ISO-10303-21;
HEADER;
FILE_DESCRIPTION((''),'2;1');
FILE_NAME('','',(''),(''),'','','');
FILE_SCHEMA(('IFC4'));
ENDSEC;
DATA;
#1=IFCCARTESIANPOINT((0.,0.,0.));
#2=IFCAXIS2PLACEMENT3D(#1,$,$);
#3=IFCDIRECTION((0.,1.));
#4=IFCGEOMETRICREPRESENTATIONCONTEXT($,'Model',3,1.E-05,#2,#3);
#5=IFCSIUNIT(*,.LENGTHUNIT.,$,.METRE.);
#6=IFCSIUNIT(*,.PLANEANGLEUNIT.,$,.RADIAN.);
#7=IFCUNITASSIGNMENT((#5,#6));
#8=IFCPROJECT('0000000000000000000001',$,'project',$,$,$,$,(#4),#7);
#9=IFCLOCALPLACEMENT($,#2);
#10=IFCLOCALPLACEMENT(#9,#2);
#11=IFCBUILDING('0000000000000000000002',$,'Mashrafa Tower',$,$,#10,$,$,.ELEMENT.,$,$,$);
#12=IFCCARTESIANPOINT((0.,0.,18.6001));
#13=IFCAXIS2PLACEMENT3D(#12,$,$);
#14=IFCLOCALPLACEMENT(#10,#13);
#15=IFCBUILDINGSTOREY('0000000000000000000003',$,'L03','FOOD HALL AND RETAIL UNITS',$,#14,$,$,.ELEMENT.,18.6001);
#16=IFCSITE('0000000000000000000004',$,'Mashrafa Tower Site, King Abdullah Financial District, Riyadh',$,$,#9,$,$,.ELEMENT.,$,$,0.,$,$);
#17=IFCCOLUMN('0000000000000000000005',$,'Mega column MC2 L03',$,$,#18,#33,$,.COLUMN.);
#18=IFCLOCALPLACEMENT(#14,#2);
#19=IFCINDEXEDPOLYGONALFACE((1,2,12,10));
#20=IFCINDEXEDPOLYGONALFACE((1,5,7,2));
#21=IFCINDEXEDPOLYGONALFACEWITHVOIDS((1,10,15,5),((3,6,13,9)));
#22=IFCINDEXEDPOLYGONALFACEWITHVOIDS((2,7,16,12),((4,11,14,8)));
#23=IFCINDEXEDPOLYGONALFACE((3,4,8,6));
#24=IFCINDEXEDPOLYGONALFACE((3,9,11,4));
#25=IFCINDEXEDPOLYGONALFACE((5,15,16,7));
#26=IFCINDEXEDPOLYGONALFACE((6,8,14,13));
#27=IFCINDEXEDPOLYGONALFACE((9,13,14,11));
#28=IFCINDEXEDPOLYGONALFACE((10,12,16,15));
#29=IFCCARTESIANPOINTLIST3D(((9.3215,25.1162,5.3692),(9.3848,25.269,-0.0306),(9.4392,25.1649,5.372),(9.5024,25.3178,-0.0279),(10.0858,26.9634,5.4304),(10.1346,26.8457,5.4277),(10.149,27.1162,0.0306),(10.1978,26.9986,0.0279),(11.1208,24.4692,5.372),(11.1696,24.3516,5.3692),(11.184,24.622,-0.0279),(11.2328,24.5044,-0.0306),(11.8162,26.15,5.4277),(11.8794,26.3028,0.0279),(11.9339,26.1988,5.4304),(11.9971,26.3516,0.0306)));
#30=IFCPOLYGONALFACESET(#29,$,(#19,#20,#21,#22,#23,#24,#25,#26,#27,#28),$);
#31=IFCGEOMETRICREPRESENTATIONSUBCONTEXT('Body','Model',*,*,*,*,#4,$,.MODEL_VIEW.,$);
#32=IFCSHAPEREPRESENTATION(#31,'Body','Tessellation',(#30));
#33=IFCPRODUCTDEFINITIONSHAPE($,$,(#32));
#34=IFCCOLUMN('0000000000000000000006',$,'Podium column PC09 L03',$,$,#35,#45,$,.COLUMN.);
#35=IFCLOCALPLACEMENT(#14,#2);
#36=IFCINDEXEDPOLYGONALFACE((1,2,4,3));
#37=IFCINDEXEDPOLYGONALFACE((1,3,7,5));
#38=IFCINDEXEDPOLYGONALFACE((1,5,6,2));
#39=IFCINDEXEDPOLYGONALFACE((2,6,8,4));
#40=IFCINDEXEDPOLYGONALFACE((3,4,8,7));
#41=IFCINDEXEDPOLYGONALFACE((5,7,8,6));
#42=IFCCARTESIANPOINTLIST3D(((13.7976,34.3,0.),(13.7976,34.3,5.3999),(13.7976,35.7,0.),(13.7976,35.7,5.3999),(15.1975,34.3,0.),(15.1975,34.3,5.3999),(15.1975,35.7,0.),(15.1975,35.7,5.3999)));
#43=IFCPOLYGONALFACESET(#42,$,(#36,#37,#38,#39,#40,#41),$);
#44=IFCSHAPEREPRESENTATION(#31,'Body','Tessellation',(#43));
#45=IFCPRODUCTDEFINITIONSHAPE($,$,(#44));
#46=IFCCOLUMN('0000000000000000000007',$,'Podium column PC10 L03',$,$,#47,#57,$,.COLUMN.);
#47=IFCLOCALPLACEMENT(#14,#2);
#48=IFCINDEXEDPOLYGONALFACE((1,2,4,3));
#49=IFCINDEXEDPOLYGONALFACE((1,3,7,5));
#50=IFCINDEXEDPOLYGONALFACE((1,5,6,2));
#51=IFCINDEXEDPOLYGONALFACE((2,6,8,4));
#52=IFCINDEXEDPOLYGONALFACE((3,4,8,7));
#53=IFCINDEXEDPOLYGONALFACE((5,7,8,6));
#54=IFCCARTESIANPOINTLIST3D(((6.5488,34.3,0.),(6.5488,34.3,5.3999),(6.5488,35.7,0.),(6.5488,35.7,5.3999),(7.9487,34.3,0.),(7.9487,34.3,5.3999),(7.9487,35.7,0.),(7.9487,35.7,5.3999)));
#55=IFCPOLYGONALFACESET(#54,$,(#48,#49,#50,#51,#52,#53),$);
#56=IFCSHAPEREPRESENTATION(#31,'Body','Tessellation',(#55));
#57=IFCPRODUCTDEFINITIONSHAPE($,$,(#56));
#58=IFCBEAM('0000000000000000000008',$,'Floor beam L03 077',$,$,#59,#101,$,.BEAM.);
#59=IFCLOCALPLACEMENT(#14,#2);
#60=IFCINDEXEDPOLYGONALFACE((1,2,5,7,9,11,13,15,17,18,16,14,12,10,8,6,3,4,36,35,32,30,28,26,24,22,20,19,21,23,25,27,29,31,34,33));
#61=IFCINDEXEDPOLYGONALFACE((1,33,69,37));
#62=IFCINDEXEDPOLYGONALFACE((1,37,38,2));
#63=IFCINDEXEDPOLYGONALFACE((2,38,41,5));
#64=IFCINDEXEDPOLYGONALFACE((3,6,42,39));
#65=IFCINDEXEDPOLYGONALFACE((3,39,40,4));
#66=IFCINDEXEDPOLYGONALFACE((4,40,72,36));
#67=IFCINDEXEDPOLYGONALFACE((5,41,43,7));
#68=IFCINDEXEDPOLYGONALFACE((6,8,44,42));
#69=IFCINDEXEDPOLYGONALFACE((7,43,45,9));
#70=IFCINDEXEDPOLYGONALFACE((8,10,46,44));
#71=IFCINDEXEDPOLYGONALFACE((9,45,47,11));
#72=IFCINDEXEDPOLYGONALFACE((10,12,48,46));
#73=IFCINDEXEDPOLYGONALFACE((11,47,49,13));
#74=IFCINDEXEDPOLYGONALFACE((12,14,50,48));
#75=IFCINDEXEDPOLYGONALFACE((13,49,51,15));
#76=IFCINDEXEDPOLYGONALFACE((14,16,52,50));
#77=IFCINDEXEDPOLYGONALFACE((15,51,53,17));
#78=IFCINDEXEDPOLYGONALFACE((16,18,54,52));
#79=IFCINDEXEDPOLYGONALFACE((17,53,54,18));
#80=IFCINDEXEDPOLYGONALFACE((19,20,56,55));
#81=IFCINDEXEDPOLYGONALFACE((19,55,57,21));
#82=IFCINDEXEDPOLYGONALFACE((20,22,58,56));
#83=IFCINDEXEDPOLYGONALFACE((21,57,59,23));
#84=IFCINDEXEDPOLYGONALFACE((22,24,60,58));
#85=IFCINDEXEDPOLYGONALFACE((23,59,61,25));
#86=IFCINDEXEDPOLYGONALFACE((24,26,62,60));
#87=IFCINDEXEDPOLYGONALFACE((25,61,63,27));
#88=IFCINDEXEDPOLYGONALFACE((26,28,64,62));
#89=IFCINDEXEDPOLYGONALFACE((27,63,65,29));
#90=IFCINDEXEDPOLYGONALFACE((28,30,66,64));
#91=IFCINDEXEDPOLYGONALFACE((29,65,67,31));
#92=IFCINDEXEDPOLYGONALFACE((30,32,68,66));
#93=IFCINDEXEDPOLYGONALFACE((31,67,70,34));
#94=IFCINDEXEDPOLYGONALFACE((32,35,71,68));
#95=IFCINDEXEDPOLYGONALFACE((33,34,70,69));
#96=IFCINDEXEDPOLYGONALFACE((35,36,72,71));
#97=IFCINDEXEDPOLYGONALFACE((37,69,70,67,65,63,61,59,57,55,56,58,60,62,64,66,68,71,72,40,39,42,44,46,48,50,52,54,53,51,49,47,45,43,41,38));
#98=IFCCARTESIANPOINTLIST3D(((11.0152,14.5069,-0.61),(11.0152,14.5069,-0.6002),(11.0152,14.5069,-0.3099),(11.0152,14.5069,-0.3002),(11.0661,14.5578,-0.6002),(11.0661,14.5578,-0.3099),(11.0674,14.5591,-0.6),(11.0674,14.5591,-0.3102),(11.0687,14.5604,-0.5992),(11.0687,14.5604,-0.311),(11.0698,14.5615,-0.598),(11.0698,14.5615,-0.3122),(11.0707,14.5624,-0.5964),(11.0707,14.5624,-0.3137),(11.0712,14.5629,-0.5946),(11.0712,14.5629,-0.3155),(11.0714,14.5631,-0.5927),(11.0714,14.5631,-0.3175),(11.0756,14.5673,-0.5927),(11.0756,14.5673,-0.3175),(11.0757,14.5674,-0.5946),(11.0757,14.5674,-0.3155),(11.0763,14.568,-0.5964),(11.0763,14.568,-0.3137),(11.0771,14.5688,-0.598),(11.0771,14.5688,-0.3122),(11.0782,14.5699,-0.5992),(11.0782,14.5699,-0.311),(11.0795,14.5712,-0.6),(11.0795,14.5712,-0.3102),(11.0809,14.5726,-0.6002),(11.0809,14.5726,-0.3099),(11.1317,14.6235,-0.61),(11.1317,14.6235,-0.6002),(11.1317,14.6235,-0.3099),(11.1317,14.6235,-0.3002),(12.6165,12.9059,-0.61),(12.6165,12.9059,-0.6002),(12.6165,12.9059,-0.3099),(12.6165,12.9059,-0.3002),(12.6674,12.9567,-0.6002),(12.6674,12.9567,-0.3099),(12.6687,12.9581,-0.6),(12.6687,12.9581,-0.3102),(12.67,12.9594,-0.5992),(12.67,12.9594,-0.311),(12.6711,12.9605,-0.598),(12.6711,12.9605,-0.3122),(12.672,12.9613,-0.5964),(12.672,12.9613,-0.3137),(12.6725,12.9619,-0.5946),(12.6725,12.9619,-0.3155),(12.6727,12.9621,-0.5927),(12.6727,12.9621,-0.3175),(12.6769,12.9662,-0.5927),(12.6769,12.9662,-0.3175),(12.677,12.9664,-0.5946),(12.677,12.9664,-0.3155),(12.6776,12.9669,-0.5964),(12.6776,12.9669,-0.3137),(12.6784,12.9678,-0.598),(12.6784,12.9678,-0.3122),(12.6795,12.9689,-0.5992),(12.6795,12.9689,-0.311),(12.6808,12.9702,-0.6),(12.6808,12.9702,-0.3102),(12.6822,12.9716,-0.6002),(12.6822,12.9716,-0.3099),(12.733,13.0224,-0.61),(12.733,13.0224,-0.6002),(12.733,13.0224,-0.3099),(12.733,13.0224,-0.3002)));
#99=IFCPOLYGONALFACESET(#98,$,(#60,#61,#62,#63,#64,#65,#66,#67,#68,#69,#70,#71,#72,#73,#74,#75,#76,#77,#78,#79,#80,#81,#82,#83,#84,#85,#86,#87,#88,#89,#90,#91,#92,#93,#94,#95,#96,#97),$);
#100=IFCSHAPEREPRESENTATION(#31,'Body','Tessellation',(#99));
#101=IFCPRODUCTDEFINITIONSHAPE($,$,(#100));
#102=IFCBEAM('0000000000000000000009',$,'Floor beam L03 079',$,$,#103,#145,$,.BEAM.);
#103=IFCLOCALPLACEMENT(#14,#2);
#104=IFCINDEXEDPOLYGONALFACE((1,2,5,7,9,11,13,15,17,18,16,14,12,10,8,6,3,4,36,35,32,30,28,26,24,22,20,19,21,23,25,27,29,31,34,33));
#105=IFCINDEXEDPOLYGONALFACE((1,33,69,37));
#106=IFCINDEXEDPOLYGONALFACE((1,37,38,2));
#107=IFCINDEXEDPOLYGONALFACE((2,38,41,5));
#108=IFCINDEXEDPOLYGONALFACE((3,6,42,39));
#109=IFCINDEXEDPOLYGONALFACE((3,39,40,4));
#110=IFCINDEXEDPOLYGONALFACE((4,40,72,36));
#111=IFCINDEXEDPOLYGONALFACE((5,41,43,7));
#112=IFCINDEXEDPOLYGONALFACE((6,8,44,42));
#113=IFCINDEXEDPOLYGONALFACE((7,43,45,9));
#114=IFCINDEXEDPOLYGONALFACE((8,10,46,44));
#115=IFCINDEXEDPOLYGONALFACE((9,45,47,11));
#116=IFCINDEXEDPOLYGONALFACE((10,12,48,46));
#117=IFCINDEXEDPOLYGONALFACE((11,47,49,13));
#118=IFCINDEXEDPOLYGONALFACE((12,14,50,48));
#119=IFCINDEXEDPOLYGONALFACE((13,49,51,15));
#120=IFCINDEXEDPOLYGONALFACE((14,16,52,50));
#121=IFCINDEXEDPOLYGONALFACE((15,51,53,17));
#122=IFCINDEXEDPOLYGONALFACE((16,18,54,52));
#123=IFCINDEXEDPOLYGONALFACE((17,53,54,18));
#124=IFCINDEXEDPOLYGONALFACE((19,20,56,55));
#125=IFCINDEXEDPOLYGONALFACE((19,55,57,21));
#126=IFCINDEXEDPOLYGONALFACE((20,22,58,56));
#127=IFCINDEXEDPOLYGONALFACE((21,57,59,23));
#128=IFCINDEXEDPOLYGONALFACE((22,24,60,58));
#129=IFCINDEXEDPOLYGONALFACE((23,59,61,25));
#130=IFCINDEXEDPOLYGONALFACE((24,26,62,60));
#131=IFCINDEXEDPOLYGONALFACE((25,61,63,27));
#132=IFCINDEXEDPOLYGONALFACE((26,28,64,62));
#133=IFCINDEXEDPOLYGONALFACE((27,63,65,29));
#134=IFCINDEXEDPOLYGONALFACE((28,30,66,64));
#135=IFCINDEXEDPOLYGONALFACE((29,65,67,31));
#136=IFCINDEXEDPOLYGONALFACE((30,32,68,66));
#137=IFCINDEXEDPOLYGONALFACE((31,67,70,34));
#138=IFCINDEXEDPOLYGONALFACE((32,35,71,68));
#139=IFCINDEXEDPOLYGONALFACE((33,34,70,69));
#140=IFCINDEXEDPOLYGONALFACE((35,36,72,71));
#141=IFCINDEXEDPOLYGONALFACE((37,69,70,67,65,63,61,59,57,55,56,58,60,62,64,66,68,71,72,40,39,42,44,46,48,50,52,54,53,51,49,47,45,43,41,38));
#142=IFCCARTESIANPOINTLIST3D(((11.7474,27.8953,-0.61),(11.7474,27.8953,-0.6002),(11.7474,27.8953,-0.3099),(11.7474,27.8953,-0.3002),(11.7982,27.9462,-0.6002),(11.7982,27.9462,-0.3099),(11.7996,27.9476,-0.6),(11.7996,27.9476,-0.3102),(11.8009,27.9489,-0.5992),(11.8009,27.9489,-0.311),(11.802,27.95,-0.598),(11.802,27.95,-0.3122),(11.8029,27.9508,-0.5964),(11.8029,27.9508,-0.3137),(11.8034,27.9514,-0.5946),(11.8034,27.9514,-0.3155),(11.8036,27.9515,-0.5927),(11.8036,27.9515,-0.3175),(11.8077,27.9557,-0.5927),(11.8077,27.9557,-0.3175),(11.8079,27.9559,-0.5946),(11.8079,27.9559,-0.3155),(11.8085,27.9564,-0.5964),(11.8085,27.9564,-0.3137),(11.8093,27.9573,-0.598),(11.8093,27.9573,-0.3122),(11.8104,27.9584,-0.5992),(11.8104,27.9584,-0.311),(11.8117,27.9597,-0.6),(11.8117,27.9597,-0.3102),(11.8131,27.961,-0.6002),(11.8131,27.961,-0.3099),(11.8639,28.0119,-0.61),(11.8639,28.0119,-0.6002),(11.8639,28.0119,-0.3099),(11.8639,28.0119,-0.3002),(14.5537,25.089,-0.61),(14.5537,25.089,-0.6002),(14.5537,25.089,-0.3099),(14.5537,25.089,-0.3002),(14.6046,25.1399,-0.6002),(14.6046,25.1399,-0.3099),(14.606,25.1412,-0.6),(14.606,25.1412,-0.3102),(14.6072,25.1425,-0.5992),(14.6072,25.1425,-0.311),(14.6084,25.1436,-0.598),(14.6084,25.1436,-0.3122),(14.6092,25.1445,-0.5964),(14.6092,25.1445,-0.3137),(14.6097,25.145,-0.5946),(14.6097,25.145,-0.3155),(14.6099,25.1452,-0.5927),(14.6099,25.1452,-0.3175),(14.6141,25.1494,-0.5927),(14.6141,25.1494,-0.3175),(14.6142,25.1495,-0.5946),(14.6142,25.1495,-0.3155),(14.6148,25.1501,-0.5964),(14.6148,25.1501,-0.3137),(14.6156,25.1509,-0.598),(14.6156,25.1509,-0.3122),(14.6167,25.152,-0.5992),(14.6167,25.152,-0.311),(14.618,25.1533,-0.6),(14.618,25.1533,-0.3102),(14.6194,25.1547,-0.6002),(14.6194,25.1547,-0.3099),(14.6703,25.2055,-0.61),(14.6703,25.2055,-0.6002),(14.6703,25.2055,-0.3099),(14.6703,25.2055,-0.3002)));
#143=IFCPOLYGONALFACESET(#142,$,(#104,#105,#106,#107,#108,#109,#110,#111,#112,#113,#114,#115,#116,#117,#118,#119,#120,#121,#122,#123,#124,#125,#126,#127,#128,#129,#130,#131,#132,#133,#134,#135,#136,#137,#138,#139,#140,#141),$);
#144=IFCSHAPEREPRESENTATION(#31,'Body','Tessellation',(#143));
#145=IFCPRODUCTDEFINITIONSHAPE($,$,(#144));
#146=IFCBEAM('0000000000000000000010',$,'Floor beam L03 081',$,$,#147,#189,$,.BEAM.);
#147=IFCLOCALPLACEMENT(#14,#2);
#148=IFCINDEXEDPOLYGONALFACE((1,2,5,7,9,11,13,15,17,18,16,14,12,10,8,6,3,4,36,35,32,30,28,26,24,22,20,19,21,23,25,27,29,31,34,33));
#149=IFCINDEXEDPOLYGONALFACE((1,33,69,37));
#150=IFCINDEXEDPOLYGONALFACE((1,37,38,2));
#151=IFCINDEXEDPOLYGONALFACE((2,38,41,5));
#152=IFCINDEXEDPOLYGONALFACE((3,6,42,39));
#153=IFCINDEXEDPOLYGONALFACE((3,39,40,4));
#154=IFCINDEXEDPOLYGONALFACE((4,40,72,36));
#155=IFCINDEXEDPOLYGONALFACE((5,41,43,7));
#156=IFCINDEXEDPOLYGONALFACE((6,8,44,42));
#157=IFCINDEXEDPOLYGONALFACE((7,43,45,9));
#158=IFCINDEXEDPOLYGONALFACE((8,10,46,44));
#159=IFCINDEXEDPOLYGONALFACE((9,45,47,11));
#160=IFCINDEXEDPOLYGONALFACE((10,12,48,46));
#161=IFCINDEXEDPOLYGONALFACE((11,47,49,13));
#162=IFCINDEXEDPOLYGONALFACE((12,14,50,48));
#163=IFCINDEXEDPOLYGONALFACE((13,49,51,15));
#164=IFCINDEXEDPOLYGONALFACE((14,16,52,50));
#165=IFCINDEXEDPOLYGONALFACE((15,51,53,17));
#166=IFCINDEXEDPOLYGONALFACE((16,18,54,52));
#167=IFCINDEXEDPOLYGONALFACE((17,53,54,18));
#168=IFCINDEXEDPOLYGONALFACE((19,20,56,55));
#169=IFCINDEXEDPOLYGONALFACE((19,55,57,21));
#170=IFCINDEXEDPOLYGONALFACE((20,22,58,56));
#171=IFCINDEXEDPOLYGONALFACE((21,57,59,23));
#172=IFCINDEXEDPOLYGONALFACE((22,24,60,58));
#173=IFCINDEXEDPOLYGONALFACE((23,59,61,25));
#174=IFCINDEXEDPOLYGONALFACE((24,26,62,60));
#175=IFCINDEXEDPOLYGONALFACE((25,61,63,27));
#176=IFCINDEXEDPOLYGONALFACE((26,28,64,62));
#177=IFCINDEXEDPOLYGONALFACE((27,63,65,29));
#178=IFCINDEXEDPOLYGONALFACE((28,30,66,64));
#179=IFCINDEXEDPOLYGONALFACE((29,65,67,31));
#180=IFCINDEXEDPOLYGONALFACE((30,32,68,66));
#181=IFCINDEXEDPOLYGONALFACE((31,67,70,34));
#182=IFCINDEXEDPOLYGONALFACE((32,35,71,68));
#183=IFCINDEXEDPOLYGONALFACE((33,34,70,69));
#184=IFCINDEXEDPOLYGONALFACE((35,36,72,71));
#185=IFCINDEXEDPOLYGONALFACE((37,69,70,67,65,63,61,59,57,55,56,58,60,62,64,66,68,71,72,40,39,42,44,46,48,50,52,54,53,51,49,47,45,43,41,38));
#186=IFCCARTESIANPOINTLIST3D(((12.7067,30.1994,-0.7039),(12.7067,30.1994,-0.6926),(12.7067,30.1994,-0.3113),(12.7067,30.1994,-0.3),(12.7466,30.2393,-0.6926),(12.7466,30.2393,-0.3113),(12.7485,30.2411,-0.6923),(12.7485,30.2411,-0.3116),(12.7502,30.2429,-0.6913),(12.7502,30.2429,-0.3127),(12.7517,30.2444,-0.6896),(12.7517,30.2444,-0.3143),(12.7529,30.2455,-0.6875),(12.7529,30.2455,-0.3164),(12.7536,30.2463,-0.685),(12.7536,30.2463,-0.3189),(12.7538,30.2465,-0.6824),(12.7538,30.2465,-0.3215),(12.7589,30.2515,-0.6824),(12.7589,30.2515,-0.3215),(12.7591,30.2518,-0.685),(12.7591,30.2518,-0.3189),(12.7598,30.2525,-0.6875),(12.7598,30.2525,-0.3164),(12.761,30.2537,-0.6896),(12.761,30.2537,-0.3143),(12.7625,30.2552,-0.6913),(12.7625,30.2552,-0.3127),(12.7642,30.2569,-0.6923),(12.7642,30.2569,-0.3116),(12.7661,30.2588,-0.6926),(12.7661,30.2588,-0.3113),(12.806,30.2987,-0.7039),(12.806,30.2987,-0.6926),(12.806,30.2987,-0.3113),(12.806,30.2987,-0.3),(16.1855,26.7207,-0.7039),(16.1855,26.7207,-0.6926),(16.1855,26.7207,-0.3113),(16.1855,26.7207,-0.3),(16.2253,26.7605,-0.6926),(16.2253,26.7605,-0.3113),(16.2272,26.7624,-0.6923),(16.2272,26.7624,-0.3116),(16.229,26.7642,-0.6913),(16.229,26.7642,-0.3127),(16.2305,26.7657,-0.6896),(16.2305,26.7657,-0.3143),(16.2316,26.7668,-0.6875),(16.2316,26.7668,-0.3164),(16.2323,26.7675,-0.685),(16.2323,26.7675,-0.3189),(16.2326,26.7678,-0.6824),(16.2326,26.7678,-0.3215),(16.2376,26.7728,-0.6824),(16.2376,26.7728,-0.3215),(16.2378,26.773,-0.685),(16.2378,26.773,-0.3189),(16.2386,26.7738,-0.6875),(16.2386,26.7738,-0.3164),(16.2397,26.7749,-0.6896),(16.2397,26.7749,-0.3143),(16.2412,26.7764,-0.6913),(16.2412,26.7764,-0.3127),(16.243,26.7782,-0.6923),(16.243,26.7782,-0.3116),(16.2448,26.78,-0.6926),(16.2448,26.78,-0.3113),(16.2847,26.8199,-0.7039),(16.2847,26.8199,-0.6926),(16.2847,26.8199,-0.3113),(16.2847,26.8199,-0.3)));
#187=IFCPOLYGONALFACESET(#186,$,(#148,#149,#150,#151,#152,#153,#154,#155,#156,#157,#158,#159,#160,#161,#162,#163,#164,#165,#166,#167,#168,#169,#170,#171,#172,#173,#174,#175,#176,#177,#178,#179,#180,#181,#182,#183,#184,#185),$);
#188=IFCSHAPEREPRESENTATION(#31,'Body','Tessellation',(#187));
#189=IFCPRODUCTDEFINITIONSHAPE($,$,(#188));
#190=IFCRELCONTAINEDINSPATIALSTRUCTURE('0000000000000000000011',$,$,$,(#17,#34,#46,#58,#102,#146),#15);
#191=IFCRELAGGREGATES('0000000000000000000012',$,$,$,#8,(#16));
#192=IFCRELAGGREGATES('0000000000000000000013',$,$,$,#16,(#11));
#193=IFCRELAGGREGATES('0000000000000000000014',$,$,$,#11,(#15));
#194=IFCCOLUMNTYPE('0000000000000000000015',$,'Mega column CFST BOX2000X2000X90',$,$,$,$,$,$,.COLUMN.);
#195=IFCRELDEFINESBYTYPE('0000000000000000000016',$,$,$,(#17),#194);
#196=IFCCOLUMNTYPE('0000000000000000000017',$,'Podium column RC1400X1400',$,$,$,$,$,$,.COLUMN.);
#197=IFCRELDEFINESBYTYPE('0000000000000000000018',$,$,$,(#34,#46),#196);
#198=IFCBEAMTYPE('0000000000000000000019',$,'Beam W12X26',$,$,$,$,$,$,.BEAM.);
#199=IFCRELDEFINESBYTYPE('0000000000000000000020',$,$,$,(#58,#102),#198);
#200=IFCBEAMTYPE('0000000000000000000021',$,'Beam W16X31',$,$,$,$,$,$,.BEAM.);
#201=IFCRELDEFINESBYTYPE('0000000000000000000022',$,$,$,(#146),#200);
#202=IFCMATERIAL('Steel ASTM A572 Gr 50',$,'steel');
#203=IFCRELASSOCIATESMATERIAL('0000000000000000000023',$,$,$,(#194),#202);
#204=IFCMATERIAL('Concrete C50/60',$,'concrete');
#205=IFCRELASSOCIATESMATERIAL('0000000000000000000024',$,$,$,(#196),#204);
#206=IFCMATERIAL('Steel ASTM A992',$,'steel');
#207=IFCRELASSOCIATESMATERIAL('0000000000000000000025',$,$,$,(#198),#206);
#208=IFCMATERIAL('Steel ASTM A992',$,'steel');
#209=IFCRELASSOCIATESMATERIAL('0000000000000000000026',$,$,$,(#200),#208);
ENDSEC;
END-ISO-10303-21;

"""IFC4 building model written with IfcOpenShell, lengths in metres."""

from ifc_helpers import new_model, si_unit, direction, frame, origin, origin_2d, place, context, subcontext, project, spatial, rectangle, hollow_rectangle, i_section, extrude, material, material_profile, profile_set, type_object, element, save


model = new_model("IFC4")

# Units and contexts
model_context = context("Model", 3, precision=1e-05, world=origin(), true_north=direction((0.0, 1.0)))
body_context = subcontext(model_context, "Body", "Model", "MODEL_VIEW")
ifc_project = project(units=[si_unit("LENGTHUNIT", "METRE"), si_unit("PLANEANGLEUNIT", "RADIAN")], contexts=[model_context])

# Site, building, storey
site_placement = place(None, origin())
site = spatial("IfcSite", under=ifc_project, at=site_placement, Name="Mashrafa Tower Site, King Abdullah Financial District, Riyadh", CompositionType="ELEMENT", RefElevation=0.0)
building_placement = place(site_placement, origin())
building = spatial("IfcBuilding", under=site, at=building_placement, Name="Mashrafa Tower", CompositionType="ELEMENT")
storey_placement = place(building_placement, frame((0.0, 0.0, 18.6001)))
storey = spatial("IfcBuildingStorey", under=building, at=storey_placement, Name="L03", Description="FOOD HALL AND RETAIL UNITS", CompositionType="ELEMENT", Elevation=18.6001)

# Columns
ifc_material_1 = material(Name="Steel ASTM A572 Gr 50", Category="steel")
ifc_material_profile_1 = material_profile(ifc_material_1, hollow_rectangle(XDim=2.0, YDim=2.0, WallThickness=0.0901, at=origin_2d()), Name="BOX2000X2000X90")
ifc_profile_set_1 = profile_set([ifc_material_profile_1], Name="Steel ASTM A572 Gr 50")
column_type_1 = type_object("IfcColumnType", Name="Mega column CFST BOX2000X2000X90", PredefinedType="COLUMN", material=ifc_profile_set_1)
column_placement = place(storey_placement, frame((10.6909, 25.8103, 0.0), z_axis=(-0.011704, -0.028289, 0.999531), x_axis=(0.924035, -0.382308, 0.0)))
element("IfcColumn", 1, at=column_placement, inside=storey, type_object=column_type_1, Name="Mega column MC2 L03", PredefinedType="COLUMN", context=body_context, shape_type="SweptSolid", body=[
    extrude(hollow_rectangle(XDim=2.0, YDim=2.0, WallThickness=0.0901, at=origin_2d()), origin(), (0.0, 0.0, 1.0), 5.4023),
])
ifc_material_2 = material(Name="Concrete C50/60", Category="concrete")
ifc_material_profile_2 = material_profile(ifc_material_2, rectangle(XDim=1.3999, YDim=1.3999, at=origin_2d()), Name="RC1400X1400")
ifc_profile_set_2 = profile_set([ifc_material_profile_2], Name="Concrete C50/60")
column_type_2 = type_object("IfcColumnType", Name="Podium column RC1400X1400", PredefinedType="COLUMN", material=ifc_profile_set_2)
for number, where, z_axis, x_axis, name in (
    (2, (14.4976, 35.0, 0.0), (0.0, 0.0, 1.0), (1.0, 0.0, 0.0), "Podium column PC09 L03"),
    (3, (7.2488, 35.0, 0.0), (0.0, 0.0, 1.0), (1.0, 0.0, 0.0), "Podium column PC10 L03"),
):
    element("IfcColumn", number, at=place(storey_placement, frame(where, z_axis=z_axis, x_axis=x_axis)), inside=storey, type_object=column_type_2, Name=name, PredefinedType="COLUMN", context=body_context, shape_type="SweptSolid", body=[
        extrude(rectangle(XDim=1.3999, YDim=1.3999, at=origin_2d()), origin(), (0.0, 0.0, 1.0), 5.3999),
    ])

# Beams
ifc_material_3 = material(Name="Steel ASTM A992", Category="steel")
ifc_material_profile_3 = material_profile(ifc_material_3, i_section(OverallWidth=0.1648, OverallDepth=0.3098, WebThickness=0.0059, FlangeThickness=0.0098, FilletRadius=0.0076, at=origin_2d()), Name="W12X26")
ifc_profile_set_3 = profile_set([ifc_material_profile_3], Name="Steel ASTM A992")
beam_type_1 = type_object("IfcBeamType", Name="Beam W12X26", PredefinedType="BEAM", material=ifc_profile_set_3)
beam_1_placement = place(storey_placement, frame((11.0735, 14.5652, -0.4551), z_axis=(0.707161, -0.707053, 0.0), x_axis=(0.707053, 0.707161, 0.0)))
element("IfcBeam", 4, at=beam_1_placement, inside=storey, type_object=beam_type_1, Name="Floor beam L03 077", PredefinedType="BEAM", context=body_context, shape_type="SweptSolid", body=[
    extrude(i_section(OverallWidth=0.1648, OverallDepth=0.3098, WebThickness=0.0059, FlangeThickness=0.0098, FilletRadius=0.0076, at=origin_2d()), origin(), (0.0, 0.0, 1.0), 2.2644),
])
beam_2_placement = place(storey_placement, frame((11.8057, 27.9536, -0.4551), z_axis=(0.707107, -0.707107, 0.0), x_axis=(0.707107, 0.707107, 0.0)))
element("IfcBeam", 5, at=beam_2_placement, inside=storey, type_object=beam_type_1, Name="Floor beam L03 079", PredefinedType="BEAM", context=body_context, shape_type="SweptSolid", body=[
    extrude(i_section(OverallWidth=0.1648, OverallDepth=0.3098, WebThickness=0.0059, FlangeThickness=0.0098, FilletRadius=0.0076, at=origin_2d()), origin(), (0.0, 0.0, 1.0), 3.9688),
])
ifc_material_4 = material(Name="Steel ASTM A992", Category="steel")
ifc_material_profile_4 = material_profile(ifc_material_4, i_section(OverallWidth=0.1404, OverallDepth=0.4038, WebThickness=0.0071, FlangeThickness=0.0112, FilletRadius=0.0103, at=origin_2d()), Name="W16X31")
ifc_profile_set_4 = profile_set([ifc_material_profile_4], Name="Steel ASTM A992")
beam_type_2 = type_object("IfcBeamType", Name="Beam W16X31", PredefinedType="BEAM", material=ifc_profile_set_4)
beam_3_placement = place(storey_placement, frame((12.7563, 30.249, -0.502), z_axis=(0.707107, -0.707107, 0.0), x_axis=(0.707107, 0.707107, 0.0)))
element("IfcBeam", 6, at=beam_3_placement, inside=storey, type_object=beam_type_2, Name="Floor beam L03 081", PredefinedType="BEAM", context=body_context, shape_type="SweptSolid", body=[
    extrude(i_section(OverallWidth=0.1404, OverallDepth=0.4038, WebThickness=0.0071, FlangeThickness=0.0112, FilletRadius=0.0103, at=origin_2d()), origin(), (0.0, 0.0, 1.0), 4.9197),
])

save(model, "model.ifc")
